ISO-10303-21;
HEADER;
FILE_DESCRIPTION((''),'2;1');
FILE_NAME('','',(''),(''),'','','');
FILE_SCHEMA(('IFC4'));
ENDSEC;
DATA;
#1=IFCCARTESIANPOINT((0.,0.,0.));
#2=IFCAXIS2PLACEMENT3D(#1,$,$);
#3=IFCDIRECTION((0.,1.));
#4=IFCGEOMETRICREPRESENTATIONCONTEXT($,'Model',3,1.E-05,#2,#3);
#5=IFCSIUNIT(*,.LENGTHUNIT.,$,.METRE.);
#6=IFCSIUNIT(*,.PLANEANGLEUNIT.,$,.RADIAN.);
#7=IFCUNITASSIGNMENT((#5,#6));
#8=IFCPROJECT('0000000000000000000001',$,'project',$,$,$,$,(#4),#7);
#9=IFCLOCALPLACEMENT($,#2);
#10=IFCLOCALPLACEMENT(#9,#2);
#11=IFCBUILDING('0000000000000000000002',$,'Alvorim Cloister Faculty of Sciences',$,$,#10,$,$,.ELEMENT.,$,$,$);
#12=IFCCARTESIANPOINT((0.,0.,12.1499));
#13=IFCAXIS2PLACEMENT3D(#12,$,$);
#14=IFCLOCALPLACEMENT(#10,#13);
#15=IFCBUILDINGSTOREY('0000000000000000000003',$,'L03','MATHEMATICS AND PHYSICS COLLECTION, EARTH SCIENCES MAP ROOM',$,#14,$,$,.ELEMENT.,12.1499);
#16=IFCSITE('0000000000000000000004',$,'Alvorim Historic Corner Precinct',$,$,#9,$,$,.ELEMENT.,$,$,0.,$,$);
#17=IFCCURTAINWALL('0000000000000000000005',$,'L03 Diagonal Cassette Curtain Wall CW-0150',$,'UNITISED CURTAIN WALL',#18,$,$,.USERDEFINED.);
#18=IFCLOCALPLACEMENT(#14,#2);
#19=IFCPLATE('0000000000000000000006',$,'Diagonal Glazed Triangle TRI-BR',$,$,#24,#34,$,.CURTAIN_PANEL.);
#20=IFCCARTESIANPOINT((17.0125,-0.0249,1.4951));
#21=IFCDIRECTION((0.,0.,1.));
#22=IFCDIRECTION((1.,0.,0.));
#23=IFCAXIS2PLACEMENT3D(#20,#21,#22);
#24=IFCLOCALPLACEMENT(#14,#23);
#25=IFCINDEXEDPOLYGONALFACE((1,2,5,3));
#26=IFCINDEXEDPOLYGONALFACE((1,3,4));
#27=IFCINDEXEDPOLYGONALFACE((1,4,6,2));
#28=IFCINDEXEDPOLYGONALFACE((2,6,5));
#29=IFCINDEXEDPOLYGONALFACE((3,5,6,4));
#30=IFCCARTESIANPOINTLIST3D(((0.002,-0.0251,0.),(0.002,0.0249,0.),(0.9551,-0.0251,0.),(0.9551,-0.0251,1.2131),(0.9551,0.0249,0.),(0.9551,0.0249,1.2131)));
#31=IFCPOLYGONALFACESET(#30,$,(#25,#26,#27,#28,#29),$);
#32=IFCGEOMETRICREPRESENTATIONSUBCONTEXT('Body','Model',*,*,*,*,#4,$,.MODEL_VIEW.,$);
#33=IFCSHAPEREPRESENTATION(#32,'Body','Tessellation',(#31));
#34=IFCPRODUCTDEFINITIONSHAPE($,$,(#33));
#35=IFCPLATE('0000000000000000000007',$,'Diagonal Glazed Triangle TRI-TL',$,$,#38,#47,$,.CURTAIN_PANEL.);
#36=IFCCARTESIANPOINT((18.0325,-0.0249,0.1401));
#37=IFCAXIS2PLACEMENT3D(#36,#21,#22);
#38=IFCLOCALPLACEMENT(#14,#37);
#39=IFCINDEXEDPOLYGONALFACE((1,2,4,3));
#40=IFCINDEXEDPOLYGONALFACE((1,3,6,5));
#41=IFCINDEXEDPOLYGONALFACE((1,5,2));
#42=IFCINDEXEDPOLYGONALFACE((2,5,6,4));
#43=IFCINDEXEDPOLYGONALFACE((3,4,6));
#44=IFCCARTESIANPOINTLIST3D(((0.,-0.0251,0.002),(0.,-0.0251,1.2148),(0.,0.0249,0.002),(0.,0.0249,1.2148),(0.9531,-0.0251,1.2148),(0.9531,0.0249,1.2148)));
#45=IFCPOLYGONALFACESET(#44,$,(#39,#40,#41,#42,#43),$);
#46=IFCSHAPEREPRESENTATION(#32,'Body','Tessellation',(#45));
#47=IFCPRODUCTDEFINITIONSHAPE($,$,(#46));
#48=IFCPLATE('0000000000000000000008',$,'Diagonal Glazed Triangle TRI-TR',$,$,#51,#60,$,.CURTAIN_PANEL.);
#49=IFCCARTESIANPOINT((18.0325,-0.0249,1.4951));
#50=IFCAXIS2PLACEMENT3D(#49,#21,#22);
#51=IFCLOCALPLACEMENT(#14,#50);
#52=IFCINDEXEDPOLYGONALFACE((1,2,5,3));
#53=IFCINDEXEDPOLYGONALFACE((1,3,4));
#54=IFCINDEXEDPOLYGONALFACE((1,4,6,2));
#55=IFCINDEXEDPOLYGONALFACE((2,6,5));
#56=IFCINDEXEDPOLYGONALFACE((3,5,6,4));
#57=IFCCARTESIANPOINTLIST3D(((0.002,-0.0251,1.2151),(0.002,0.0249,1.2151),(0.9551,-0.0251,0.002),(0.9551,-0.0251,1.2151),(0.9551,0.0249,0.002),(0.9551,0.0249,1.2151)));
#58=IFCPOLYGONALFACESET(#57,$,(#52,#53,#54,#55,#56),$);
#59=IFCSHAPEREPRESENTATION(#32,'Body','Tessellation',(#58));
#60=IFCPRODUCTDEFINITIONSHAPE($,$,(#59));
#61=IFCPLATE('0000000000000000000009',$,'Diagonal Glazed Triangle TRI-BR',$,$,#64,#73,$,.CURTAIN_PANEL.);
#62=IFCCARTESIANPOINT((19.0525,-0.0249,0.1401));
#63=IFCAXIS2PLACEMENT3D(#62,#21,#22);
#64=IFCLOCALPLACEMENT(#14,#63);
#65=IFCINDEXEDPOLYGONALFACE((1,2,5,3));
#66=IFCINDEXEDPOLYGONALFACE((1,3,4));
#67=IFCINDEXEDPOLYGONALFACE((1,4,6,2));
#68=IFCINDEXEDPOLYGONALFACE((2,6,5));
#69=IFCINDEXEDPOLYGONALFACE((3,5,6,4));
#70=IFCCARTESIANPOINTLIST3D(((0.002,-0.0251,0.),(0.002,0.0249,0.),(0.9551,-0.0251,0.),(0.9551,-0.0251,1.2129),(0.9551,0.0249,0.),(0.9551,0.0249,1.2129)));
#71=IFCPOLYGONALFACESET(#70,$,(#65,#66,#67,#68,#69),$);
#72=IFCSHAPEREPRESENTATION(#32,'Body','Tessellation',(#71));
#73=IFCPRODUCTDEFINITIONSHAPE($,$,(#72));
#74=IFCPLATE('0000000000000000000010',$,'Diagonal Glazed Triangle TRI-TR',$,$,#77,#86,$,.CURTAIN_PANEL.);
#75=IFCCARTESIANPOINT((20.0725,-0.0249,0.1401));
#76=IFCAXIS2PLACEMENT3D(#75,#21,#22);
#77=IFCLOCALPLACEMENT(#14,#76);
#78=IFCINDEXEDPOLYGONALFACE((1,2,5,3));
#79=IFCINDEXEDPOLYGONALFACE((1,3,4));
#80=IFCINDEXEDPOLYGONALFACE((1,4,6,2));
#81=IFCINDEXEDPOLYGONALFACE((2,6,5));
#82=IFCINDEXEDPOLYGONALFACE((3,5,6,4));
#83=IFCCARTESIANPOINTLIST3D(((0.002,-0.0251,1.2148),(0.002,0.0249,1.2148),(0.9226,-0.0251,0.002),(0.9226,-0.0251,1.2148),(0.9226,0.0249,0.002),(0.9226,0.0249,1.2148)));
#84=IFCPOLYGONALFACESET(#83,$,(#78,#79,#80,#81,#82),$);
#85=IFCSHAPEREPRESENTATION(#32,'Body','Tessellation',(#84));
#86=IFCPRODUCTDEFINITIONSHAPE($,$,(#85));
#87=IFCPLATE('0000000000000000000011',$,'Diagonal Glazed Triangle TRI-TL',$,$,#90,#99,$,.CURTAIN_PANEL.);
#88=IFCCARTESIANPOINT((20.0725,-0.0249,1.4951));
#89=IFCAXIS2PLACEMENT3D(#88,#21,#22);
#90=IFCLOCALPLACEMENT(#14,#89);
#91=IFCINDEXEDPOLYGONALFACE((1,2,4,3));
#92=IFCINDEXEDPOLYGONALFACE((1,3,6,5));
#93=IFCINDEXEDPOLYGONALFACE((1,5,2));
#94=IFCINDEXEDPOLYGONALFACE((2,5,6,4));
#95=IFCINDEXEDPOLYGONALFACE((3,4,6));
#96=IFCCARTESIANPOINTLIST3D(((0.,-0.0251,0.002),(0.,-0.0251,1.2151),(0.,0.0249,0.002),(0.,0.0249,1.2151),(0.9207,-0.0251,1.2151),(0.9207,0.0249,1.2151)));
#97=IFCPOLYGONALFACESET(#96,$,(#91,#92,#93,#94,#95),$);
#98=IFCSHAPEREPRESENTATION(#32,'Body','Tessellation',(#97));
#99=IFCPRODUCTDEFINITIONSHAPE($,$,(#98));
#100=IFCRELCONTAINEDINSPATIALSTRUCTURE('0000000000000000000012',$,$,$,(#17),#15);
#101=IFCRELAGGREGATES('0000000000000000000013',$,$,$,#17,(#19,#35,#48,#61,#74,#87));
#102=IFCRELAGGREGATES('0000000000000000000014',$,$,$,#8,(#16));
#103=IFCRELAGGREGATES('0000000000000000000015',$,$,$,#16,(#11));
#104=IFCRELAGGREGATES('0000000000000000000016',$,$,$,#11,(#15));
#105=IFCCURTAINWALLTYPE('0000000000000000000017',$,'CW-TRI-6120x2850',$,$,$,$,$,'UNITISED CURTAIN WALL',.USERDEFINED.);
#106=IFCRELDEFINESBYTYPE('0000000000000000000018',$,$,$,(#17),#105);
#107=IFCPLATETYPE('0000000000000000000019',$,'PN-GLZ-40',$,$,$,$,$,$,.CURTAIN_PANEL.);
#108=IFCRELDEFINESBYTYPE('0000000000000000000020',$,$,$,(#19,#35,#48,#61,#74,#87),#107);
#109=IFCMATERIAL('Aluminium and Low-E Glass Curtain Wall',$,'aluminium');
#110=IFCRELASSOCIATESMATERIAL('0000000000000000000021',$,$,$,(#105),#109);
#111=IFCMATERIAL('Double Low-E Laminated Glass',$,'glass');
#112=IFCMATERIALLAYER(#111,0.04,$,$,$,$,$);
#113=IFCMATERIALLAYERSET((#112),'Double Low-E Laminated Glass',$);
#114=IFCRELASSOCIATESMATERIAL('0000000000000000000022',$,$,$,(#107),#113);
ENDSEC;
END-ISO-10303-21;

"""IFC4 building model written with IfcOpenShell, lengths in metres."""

from ifc_helpers import new_model, si_unit, direction, frame, origin, place, context, subcontext, project, spatial, polyline, outline, extrude, material, layer, layer_set, type_object, element, aggregate, save


model = new_model("IFC4")

# Units and contexts
model_context = context("Model", 3, precision=1e-05, world=origin(), true_north=direction((0.0, 1.0)))
body_context = subcontext(model_context, "Body", "Model", "MODEL_VIEW")
ifc_project = project(units=[si_unit("LENGTHUNIT", "METRE"), si_unit("PLANEANGLEUNIT", "RADIAN")], contexts=[model_context])

# Site, building, storey
site_placement = place(None, origin())
site = spatial("IfcSite", under=ifc_project, at=site_placement, Name="Alvorim Historic Corner Precinct", CompositionType="ELEMENT", RefElevation=0.0)
building_placement = place(site_placement, origin())
building = spatial("IfcBuilding", under=site, at=building_placement, Name="Alvorim Cloister Faculty of Sciences", CompositionType="ELEMENT")
storey_placement = place(building_placement, frame((0.0, 0.0, 12.1499)))
storey = spatial("IfcBuildingStorey", under=building, at=storey_placement, Name="L03", Description="MATHEMATICS AND PHYSICS COLLECTION, EARTH SCIENCES MAP ROOM", CompositionType="ELEMENT", Elevation=12.1499)

# Curtain wall, plates
ifc_material_1 = material(Name="Aluminium and Low-E Glass Curtain Wall", Category="aluminium")
curtain_wall_type = type_object("IfcCurtainWallType", Name="CW-TRI-6120x2850", ElementType="UNITISED CURTAIN WALL", PredefinedType="USERDEFINED", material=ifc_material_1)
curtain_wall_placement = place(storey_placement, origin())
curtain_wall = element("IfcCurtainWall", 1, at=curtain_wall_placement, inside=storey, type_object=curtain_wall_type, Name="L03 Diagonal Cassette Curtain Wall CW-0150", ObjectType="UNITISED CURTAIN WALL", PredefinedType="USERDEFINED")
ifc_material_2 = material(Name="Double Low-E Laminated Glass", Category="glass")
ifc_layer = layer(ifc_material_2, 0.04)
ifc_layer_set = layer_set([ifc_layer], Name="Double Low-E Laminated Glass")
plate_type = type_object("IfcPlateType", Name="PN-GLZ-40", PredefinedType="CURTAIN_PANEL", material=ifc_layer_set)
plate_1_placement = place(storey_placement, frame((17.0125, -0.0249, 1.4951), z_axis=(0.0, 0.0, 1.0), x_axis=(1.0, 0.0, 0.0)))
plate_1 = element("IfcPlate", 2, at=plate_1_placement, type_object=plate_type, Name="Diagonal Glazed Triangle TRI-BR", PredefinedType="CURTAIN_PANEL", context=body_context, shape_type="SweptSolid", body=[
    extrude(outline(polyline([(0.002, 0.0), (0.9551, 0.0), (0.9551, 1.2131), (0.002, 0.0)])), frame((0.0, 0.0249, 0.0), z_axis=(0.0, -1.0, 0.0), x_axis=(1.0, 0.0, 0.0)), (0.0, 0.0, 1.0), 0.05),
])
plate_2_placement = place(storey_placement, frame((18.0325, -0.0249, 0.1401), z_axis=(0.0, 0.0, 1.0), x_axis=(1.0, 0.0, 0.0)))
plate_2 = element("IfcPlate", 3, at=plate_2_placement, type_object=plate_type, Name="Diagonal Glazed Triangle TRI-TL", PredefinedType="CURTAIN_PANEL", context=body_context, shape_type="SweptSolid", body=[
    extrude(outline(polyline([(0.9531, 1.2148), (0.0, 1.2148), (0.0, 0.002), (0.9531, 1.2148)])), frame((0.0, 0.0249, 0.0), z_axis=(0.0, -1.0, 0.0), x_axis=(1.0, 0.0, 0.0)), (0.0, 0.0, 1.0), 0.05),
])
plate_3_placement = place(storey_placement, frame((18.0325, -0.0249, 1.4951), z_axis=(0.0, 0.0, 1.0), x_axis=(1.0, 0.0, 0.0)))
plate_3 = element("IfcPlate", 4, at=plate_3_placement, type_object=plate_type, Name="Diagonal Glazed Triangle TRI-TR", PredefinedType="CURTAIN_PANEL", context=body_context, shape_type="SweptSolid", body=[
    extrude(outline(polyline([(0.9551, 0.002), (0.9551, 1.2151), (0.002, 1.2151), (0.9551, 0.002)])), frame((0.0, 0.0249, 0.0), z_axis=(0.0, -1.0, 0.0), x_axis=(1.0, 0.0, 0.0)), (0.0, 0.0, 1.0), 0.05),
])
plate_4_placement = place(storey_placement, frame((19.0525, -0.0249, 0.1401), z_axis=(0.0, 0.0, 1.0), x_axis=(1.0, 0.0, 0.0)))
plate_4 = element("IfcPlate", 5, at=plate_4_placement, type_object=plate_type, Name="Diagonal Glazed Triangle TRI-BR", PredefinedType="CURTAIN_PANEL", context=body_context, shape_type="SweptSolid", body=[
    extrude(outline(polyline([(0.002, 0.0), (0.9551, 0.0), (0.9551, 1.2129), (0.002, 0.0)])), frame((0.0, 0.0249, 0.0), z_axis=(0.0, -1.0, 0.0), x_axis=(1.0, 0.0, 0.0)), (0.0, 0.0, 1.0), 0.05),
])
plate_5_placement = place(storey_placement, frame((20.0725, -0.0249, 0.1401), z_axis=(0.0, 0.0, 1.0), x_axis=(1.0, 0.0, 0.0)))
plate_5 = element("IfcPlate", 6, at=plate_5_placement, type_object=plate_type, Name="Diagonal Glazed Triangle TRI-TR", PredefinedType="CURTAIN_PANEL", context=body_context, shape_type="SweptSolid", body=[
    extrude(outline(polyline([(0.9226, 0.002), (0.9226, 1.2148), (0.002, 1.2148), (0.9226, 0.002)])), frame((0.0, 0.0249, 0.0), z_axis=(0.0, -1.0, 0.0), x_axis=(1.0, 0.0, 0.0)), (0.0, 0.0, 1.0), 0.05),
])
plate_6_placement = place(storey_placement, frame((20.0725, -0.0249, 1.4951), z_axis=(0.0, 0.0, 1.0), x_axis=(1.0, 0.0, 0.0)))
plate_6 = element("IfcPlate", 7, at=plate_6_placement, type_object=plate_type, Name="Diagonal Glazed Triangle TRI-TL", PredefinedType="CURTAIN_PANEL", context=body_context, shape_type="SweptSolid", body=[
    extrude(outline(polyline([(0.9207, 1.2151), (0.0, 1.2151), (0.0, 0.002), (0.9207, 1.2151)])), frame((0.0, 0.0249, 0.0), z_axis=(0.0, -1.0, 0.0), x_axis=(1.0, 0.0, 0.0)), (0.0, 0.0, 1.0), 0.05),
])
aggregate(curtain_wall, [plate_1, plate_2, plate_3, plate_4, plate_5, plate_6])

save(model, "model.ifc")
